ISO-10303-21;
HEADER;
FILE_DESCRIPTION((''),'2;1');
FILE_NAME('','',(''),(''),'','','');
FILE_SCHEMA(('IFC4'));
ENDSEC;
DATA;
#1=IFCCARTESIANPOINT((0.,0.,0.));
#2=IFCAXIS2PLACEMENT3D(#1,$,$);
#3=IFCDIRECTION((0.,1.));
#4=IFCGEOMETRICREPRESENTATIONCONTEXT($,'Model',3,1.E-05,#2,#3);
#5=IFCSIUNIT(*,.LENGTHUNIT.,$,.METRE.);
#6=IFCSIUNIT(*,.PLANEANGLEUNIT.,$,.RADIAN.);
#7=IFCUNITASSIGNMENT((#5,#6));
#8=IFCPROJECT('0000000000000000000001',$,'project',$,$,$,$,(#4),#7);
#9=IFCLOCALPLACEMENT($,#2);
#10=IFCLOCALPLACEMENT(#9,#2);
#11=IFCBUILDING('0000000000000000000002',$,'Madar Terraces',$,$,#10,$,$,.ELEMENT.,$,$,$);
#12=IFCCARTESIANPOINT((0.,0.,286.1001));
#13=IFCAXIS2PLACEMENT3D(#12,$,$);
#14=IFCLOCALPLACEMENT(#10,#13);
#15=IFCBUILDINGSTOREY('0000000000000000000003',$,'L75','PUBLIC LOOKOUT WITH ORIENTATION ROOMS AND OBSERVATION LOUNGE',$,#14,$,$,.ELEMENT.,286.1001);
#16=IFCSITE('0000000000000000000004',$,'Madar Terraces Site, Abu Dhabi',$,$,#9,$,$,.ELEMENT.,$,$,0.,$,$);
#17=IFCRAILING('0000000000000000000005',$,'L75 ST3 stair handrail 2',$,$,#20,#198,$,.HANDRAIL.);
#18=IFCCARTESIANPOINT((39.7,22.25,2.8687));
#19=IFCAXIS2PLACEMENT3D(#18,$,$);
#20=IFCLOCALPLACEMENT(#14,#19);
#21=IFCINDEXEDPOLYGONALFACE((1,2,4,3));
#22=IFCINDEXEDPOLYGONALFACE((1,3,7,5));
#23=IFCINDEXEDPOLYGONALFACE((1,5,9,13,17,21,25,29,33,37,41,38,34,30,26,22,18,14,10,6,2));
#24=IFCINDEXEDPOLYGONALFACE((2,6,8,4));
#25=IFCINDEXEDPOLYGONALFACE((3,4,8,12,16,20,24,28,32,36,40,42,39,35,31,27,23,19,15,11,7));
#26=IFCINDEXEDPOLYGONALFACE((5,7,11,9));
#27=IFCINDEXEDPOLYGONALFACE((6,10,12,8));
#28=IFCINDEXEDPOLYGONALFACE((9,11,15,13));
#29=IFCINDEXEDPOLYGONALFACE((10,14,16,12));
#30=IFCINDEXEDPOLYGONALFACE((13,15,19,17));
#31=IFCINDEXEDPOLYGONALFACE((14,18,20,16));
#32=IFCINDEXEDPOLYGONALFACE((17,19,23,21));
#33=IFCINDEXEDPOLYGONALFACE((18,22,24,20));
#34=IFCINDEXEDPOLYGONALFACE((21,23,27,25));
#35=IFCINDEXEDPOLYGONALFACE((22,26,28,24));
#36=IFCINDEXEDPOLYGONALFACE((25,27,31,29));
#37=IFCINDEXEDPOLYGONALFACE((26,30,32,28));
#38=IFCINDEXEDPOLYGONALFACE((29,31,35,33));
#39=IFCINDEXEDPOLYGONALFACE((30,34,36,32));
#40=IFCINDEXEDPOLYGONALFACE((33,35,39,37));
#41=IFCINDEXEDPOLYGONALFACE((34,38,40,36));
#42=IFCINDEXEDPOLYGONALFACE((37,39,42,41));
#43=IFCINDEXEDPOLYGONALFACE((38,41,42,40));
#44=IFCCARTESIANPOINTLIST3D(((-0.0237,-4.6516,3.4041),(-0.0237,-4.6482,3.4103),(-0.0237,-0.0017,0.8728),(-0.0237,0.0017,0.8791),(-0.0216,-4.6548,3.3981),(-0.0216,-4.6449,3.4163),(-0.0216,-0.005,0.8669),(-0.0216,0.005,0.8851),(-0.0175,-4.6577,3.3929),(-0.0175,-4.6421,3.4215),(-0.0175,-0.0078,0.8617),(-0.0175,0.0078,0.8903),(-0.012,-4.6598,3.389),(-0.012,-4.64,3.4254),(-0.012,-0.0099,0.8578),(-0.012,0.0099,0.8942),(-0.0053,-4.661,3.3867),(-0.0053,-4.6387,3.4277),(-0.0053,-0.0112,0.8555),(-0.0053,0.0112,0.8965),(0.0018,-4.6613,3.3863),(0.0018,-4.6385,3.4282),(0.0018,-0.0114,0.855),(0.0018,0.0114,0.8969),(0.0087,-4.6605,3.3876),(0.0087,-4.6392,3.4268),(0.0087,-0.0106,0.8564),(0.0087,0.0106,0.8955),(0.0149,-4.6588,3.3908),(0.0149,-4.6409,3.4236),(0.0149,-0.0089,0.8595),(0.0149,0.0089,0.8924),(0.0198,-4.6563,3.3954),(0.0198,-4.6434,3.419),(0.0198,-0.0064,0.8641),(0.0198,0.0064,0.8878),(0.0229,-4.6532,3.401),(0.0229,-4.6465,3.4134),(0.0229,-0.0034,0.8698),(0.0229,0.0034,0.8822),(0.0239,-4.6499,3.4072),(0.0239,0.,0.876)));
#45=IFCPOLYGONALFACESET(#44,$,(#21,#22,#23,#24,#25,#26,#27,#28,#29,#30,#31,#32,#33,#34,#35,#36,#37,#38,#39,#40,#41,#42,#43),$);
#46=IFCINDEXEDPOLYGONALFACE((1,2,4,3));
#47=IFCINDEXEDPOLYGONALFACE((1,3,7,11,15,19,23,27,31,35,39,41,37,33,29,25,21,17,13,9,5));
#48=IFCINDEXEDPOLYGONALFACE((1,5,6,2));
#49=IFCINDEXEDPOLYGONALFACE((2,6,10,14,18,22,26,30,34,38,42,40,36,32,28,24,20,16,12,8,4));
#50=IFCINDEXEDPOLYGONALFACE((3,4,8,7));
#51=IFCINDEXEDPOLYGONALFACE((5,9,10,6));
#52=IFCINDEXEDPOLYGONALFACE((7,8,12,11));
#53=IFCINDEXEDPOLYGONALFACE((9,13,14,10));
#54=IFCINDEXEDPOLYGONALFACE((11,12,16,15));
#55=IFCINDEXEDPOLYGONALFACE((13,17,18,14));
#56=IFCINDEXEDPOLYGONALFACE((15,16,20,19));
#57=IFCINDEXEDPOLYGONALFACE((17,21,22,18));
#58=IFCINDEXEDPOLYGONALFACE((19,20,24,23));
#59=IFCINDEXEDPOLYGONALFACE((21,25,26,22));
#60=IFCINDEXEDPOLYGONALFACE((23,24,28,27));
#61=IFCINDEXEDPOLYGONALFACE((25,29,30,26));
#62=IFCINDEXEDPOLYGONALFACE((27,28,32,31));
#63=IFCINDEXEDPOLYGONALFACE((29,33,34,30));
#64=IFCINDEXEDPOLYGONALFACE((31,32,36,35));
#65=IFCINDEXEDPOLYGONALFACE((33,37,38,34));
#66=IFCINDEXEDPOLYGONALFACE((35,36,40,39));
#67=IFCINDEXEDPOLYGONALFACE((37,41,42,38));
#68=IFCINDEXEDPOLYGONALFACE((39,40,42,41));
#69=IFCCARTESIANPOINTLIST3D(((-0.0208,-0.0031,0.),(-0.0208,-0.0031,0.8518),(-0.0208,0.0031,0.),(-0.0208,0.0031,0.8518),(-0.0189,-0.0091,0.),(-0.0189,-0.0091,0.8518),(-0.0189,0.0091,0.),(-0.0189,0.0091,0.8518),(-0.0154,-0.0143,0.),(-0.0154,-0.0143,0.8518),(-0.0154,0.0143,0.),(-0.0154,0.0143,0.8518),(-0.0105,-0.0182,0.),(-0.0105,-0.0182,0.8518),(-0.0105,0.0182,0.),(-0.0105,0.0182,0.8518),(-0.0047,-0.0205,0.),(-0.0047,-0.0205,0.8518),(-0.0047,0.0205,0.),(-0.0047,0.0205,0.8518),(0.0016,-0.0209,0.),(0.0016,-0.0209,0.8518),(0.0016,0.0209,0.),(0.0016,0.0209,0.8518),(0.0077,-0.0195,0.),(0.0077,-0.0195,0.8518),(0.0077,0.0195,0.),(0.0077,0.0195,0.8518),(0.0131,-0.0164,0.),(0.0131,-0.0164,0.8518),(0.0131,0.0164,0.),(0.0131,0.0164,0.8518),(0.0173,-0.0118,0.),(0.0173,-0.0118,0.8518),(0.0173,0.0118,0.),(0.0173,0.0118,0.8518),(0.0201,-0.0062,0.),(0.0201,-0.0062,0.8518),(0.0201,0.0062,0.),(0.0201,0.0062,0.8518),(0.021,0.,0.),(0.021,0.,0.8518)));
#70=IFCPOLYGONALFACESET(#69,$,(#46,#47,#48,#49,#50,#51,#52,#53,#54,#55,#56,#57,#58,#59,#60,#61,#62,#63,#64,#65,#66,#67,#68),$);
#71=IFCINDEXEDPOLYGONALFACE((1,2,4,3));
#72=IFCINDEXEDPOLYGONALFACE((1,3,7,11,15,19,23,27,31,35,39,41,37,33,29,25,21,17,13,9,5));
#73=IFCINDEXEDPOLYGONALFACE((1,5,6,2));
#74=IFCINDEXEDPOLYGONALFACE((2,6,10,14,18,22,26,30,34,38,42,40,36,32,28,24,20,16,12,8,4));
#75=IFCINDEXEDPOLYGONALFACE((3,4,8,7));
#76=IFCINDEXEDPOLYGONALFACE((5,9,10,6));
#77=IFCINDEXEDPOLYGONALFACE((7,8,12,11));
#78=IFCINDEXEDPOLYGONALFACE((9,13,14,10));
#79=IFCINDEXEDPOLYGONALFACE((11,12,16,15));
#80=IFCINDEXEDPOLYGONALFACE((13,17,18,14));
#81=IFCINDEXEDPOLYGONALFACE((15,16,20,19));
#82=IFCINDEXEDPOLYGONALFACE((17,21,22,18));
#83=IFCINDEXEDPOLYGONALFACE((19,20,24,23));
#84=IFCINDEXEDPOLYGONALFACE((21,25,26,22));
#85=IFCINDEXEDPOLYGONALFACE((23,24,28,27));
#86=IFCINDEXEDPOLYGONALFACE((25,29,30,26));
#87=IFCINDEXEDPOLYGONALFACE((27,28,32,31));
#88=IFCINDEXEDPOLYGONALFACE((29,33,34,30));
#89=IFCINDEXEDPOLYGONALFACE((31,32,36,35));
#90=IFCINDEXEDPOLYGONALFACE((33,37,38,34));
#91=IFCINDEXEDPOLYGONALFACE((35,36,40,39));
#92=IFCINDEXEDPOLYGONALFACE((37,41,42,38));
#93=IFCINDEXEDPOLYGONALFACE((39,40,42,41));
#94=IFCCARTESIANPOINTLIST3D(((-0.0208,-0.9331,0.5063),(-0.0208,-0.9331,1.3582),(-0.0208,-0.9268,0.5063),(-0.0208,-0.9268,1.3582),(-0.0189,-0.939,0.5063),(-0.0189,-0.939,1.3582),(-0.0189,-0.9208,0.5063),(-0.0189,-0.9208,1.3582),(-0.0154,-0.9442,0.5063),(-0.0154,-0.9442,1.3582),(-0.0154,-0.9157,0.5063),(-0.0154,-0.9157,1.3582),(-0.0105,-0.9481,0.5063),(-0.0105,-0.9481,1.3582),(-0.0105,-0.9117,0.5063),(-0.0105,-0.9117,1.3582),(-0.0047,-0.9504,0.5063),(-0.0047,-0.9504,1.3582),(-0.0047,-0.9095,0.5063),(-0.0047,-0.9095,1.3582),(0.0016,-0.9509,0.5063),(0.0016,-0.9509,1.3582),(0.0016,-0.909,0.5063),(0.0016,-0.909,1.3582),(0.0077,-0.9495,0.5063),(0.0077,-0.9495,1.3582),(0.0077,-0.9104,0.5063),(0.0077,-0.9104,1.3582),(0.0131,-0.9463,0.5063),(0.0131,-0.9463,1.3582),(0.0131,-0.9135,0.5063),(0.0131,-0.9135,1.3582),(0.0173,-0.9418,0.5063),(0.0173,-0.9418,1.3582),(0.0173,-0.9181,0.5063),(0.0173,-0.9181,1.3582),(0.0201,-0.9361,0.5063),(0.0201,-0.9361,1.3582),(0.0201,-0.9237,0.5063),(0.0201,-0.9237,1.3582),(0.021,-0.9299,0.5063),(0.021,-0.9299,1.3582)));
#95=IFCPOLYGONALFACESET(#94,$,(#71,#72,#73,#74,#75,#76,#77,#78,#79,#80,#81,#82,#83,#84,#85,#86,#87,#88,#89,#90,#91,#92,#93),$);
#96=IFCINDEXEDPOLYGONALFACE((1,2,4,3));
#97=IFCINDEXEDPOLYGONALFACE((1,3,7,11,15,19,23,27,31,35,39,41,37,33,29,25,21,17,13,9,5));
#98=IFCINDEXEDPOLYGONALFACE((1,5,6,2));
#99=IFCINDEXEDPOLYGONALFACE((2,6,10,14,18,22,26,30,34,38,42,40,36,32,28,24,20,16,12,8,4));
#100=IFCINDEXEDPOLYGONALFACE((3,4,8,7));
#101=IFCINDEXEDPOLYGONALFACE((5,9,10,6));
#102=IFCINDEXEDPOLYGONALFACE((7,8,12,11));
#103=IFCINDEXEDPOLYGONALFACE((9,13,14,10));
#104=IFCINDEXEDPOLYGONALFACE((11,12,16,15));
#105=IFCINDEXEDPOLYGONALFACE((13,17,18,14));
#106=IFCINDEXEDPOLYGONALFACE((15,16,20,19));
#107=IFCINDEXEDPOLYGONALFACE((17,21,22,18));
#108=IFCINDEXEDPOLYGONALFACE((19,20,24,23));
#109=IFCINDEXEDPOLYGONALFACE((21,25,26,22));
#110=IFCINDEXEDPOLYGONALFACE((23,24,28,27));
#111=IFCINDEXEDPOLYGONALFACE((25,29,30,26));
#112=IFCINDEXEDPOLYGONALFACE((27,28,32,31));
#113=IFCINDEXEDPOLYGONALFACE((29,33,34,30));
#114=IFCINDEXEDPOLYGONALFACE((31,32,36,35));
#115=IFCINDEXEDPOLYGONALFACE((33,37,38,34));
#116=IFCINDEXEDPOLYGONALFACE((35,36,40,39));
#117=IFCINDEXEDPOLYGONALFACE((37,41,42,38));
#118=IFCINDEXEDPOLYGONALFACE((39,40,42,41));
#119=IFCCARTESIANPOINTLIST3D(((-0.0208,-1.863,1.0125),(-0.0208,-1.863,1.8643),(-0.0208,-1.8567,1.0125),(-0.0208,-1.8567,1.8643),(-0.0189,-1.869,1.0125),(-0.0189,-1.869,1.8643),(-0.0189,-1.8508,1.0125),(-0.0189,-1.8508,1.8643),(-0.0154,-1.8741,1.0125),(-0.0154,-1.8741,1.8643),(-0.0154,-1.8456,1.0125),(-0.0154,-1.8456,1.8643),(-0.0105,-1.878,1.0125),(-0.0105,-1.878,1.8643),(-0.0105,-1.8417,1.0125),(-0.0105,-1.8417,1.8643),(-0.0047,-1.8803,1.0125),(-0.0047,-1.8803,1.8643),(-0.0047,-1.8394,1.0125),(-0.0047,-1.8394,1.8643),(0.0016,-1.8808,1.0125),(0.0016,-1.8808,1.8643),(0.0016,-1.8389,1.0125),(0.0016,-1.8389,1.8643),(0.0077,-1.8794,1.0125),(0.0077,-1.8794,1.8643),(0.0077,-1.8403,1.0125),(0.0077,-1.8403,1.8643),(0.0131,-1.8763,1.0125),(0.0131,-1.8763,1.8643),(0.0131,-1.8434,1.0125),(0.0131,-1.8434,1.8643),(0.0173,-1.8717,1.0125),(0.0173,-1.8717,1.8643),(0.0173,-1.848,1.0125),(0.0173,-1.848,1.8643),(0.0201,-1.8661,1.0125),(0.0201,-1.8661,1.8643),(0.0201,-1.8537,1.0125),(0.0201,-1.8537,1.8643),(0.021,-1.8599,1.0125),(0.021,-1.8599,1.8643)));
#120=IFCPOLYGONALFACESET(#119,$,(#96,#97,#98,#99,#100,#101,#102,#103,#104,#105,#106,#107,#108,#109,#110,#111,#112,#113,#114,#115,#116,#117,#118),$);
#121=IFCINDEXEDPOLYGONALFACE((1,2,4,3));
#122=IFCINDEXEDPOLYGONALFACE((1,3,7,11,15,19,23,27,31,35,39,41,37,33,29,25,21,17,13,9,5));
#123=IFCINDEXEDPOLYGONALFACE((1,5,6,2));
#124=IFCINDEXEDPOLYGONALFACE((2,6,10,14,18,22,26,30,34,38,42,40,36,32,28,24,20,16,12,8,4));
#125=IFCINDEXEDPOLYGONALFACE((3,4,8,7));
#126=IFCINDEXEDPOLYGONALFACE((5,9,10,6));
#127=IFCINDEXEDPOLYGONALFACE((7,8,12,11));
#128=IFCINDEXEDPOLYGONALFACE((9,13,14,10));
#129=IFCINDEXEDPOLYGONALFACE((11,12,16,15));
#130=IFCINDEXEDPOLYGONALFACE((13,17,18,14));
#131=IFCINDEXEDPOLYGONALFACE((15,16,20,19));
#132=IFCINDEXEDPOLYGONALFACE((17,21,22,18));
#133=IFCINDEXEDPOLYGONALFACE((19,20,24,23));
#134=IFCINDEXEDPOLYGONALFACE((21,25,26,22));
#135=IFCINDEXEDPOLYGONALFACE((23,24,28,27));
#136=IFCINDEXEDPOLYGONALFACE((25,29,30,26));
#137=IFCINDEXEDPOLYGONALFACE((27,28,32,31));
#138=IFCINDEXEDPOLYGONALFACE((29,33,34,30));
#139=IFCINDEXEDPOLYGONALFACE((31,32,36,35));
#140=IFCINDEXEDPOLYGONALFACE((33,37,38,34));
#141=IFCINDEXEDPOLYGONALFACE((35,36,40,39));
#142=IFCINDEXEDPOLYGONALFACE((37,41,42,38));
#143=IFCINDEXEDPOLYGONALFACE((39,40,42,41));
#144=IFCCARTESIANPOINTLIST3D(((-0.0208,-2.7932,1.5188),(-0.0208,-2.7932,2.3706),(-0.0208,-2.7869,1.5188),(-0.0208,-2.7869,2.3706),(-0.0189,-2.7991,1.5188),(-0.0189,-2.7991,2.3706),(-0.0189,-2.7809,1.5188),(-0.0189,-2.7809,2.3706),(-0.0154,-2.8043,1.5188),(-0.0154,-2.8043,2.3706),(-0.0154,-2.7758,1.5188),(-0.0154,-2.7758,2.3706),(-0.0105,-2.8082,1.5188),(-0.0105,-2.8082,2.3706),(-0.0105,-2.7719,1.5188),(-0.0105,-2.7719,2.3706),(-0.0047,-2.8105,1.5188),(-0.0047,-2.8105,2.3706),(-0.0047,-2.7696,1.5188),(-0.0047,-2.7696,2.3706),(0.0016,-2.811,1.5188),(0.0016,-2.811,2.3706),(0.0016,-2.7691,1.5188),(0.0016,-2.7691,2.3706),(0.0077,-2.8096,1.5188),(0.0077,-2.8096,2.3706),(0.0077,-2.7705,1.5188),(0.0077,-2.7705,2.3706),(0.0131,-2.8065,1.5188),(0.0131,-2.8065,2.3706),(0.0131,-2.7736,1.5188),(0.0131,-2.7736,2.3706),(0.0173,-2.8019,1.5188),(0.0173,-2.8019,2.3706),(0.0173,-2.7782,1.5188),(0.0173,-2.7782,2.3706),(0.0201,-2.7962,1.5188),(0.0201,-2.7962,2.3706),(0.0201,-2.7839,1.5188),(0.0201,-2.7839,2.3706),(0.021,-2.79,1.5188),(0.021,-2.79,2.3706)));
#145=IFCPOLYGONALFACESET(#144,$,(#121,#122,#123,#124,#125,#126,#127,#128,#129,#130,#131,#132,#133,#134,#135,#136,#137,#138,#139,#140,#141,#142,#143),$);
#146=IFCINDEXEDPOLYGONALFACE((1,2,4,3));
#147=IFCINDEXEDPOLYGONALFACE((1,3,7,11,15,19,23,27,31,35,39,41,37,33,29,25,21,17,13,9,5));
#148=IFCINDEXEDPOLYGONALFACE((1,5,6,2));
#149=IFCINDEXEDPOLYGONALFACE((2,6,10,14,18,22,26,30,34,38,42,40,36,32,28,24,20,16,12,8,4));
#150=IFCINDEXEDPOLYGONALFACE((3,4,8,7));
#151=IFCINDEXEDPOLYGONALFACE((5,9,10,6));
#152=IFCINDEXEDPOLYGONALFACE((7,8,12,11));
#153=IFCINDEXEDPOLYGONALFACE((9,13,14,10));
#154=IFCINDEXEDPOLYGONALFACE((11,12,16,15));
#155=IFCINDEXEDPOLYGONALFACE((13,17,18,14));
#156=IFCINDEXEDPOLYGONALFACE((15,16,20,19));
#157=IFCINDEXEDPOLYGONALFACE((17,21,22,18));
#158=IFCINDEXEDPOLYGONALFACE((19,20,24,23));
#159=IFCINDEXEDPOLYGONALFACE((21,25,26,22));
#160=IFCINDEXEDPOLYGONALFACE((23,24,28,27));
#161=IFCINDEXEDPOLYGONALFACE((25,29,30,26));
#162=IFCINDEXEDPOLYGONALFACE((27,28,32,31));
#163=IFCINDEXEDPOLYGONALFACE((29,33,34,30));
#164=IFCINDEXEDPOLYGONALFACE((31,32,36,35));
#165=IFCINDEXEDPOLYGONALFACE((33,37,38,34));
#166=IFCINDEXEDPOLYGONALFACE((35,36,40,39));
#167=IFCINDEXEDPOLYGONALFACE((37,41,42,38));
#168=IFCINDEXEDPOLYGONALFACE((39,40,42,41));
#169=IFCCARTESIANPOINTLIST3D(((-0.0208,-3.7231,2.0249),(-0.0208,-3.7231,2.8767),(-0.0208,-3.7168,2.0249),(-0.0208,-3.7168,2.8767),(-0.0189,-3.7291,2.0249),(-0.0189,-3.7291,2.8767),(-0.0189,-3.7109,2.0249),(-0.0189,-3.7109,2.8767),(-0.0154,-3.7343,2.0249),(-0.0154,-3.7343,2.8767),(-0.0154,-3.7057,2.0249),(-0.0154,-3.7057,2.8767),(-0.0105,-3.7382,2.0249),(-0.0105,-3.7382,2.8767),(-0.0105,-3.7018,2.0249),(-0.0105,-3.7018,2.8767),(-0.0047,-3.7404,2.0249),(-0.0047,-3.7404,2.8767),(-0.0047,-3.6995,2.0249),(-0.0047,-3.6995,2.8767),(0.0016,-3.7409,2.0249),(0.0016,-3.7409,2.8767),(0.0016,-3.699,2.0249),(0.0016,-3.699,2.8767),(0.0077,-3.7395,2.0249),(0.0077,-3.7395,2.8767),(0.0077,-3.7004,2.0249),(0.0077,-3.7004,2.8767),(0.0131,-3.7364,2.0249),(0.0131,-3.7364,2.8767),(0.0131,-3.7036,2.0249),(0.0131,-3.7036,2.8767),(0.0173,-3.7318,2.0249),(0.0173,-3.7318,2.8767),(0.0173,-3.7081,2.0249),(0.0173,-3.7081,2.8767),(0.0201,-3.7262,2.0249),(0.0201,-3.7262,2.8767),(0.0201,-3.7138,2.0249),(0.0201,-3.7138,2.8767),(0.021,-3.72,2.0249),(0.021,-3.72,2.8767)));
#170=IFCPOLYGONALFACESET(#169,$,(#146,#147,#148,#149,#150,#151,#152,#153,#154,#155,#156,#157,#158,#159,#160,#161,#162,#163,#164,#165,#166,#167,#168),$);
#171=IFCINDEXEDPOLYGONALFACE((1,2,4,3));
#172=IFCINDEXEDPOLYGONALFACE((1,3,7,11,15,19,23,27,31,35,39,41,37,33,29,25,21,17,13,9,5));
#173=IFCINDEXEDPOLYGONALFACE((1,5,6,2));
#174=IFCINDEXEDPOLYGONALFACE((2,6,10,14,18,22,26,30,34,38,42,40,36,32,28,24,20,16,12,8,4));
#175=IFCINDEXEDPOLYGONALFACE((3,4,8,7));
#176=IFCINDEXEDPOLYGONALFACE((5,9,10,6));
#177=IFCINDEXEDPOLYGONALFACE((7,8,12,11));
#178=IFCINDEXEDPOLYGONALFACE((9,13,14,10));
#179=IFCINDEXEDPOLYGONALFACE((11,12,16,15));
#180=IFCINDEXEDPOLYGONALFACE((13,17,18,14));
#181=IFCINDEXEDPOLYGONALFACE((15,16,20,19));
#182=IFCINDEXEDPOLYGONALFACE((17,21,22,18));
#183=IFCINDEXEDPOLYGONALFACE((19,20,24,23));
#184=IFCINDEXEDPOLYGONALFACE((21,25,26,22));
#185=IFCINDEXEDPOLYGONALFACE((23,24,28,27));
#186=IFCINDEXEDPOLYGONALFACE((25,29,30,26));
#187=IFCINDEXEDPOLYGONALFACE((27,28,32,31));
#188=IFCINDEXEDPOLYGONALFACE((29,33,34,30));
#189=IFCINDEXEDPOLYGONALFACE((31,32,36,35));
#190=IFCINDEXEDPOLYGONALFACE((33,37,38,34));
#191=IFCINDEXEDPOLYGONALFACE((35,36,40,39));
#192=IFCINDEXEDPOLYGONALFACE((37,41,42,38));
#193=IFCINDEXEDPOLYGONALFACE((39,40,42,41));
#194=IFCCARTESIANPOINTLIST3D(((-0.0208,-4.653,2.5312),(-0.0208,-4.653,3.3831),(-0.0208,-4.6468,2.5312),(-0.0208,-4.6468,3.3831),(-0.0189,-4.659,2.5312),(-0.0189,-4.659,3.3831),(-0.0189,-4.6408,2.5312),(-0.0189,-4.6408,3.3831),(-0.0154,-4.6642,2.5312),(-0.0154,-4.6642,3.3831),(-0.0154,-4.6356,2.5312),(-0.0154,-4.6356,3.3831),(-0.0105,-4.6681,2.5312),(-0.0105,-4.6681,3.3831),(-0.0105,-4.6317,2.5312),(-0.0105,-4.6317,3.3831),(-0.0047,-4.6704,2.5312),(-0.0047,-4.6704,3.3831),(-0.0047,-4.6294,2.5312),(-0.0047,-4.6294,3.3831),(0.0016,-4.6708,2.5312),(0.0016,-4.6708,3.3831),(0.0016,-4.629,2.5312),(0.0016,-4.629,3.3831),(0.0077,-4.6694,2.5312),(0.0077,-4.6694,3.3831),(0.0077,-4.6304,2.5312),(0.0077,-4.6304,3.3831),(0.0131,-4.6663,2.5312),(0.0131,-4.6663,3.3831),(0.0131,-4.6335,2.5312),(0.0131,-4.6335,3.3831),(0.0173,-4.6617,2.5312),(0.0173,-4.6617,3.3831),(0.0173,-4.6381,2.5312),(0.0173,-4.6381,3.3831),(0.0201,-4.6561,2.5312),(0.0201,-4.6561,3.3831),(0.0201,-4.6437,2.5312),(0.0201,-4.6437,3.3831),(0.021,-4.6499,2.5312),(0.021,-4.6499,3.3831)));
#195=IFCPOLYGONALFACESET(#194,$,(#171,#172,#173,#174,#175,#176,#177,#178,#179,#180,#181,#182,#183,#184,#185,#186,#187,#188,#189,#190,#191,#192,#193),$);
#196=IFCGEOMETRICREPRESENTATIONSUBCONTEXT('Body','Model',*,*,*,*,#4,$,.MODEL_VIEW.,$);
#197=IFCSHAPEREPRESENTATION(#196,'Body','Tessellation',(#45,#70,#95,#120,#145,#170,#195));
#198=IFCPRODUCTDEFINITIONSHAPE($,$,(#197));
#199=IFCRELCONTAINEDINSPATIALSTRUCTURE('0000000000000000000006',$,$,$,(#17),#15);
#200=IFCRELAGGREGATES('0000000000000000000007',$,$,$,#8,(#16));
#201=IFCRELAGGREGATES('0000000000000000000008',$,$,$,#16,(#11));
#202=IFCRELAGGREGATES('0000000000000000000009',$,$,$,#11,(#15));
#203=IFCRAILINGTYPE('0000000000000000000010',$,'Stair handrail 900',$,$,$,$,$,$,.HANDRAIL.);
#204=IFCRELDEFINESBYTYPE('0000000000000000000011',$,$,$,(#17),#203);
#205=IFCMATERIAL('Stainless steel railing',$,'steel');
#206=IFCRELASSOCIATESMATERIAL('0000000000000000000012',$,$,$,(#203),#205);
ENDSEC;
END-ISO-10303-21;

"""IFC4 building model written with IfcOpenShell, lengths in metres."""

from ifc_helpers import new_model, si_unit, direction, frame, origin, origin_2d, place, context, subcontext, project, spatial, circle, extrude, material, type_object, element, save


model = new_model("IFC4")

# Units and contexts
model_context = context("Model", 3, precision=1e-05, world=origin(), true_north=direction((0.0, 1.0)))
body_context = subcontext(model_context, "Body", "Model", "MODEL_VIEW")
ifc_project = project(units=[si_unit("LENGTHUNIT", "METRE"), si_unit("PLANEANGLEUNIT", "RADIAN")], contexts=[model_context])

# Site, building, storey
site_placement = place(None, origin())
site = spatial("IfcSite", under=ifc_project, at=site_placement, Name="Madar Terraces Site, Abu Dhabi", CompositionType="ELEMENT", RefElevation=0.0)
building_placement = place(site_placement, origin())
building = spatial("IfcBuilding", under=site, at=building_placement, Name="Madar Terraces", CompositionType="ELEMENT")
storey_placement = place(building_placement, frame((0.0, 0.0, 286.1001)))
storey = spatial("IfcBuildingStorey", under=building, at=storey_placement, Name="L75", Description="PUBLIC LOOKOUT WITH ORIENTATION ROOMS AND OBSERVATION LOUNGE", CompositionType="ELEMENT", Elevation=286.1001)

# Railing
ifc_material_1 = material(Name="Stainless steel railing", Category="steel")
railing_type_1 = type_object("IfcRailingType", Name="Stair handrail 900", PredefinedType="HANDRAIL", material=ifc_material_1)
railing_1_placement = place(storey_placement, frame((39.7, 22.25, 2.8687)))
element("IfcRailing", 1, at=railing_1_placement, inside=storey, type_object=railing_type_1, Name="L75 ST3 stair handrail 2", PredefinedType="HANDRAIL", context=body_context, shape_type="SweptSolid", body=[
    extrude(circle(Radius=0.0239, at=origin_2d()), frame((0.0, 0.0, 0.876), z_axis=(0.0, -0.878297, 0.478115), x_axis=(1.0, 0.0, 0.0)), (0.0, 0.0, 1.0), 5.2942),
    extrude(circle(Radius=0.021, at=origin_2d()), origin(), (0.0, 0.0, 1.0), 0.8518),
    extrude(circle(Radius=0.021, at=origin_2d()), frame((0.0, -0.9299, 0.5063)), (0.0, 0.0, 1.0), 0.8518),
    extrude(circle(Radius=0.021, at=origin_2d()), frame((0.0, -1.8599, 1.0125)), (0.0, 0.0, 1.0), 0.8518),
    extrude(circle(Radius=0.021, at=origin_2d()), frame((0.0, -2.79, 1.5188)), (0.0, 0.0, 1.0), 0.8518),
    extrude(circle(Radius=0.021, at=origin_2d()), frame((0.0, -3.72, 2.0249)), (0.0, 0.0, 1.0), 0.8518),
    extrude(circle(Radius=0.021, at=origin_2d()), frame((0.0, -4.6499, 2.5312)), (0.0, 0.0, 1.0), 0.8518),
])

save(model, "model.ifc")
